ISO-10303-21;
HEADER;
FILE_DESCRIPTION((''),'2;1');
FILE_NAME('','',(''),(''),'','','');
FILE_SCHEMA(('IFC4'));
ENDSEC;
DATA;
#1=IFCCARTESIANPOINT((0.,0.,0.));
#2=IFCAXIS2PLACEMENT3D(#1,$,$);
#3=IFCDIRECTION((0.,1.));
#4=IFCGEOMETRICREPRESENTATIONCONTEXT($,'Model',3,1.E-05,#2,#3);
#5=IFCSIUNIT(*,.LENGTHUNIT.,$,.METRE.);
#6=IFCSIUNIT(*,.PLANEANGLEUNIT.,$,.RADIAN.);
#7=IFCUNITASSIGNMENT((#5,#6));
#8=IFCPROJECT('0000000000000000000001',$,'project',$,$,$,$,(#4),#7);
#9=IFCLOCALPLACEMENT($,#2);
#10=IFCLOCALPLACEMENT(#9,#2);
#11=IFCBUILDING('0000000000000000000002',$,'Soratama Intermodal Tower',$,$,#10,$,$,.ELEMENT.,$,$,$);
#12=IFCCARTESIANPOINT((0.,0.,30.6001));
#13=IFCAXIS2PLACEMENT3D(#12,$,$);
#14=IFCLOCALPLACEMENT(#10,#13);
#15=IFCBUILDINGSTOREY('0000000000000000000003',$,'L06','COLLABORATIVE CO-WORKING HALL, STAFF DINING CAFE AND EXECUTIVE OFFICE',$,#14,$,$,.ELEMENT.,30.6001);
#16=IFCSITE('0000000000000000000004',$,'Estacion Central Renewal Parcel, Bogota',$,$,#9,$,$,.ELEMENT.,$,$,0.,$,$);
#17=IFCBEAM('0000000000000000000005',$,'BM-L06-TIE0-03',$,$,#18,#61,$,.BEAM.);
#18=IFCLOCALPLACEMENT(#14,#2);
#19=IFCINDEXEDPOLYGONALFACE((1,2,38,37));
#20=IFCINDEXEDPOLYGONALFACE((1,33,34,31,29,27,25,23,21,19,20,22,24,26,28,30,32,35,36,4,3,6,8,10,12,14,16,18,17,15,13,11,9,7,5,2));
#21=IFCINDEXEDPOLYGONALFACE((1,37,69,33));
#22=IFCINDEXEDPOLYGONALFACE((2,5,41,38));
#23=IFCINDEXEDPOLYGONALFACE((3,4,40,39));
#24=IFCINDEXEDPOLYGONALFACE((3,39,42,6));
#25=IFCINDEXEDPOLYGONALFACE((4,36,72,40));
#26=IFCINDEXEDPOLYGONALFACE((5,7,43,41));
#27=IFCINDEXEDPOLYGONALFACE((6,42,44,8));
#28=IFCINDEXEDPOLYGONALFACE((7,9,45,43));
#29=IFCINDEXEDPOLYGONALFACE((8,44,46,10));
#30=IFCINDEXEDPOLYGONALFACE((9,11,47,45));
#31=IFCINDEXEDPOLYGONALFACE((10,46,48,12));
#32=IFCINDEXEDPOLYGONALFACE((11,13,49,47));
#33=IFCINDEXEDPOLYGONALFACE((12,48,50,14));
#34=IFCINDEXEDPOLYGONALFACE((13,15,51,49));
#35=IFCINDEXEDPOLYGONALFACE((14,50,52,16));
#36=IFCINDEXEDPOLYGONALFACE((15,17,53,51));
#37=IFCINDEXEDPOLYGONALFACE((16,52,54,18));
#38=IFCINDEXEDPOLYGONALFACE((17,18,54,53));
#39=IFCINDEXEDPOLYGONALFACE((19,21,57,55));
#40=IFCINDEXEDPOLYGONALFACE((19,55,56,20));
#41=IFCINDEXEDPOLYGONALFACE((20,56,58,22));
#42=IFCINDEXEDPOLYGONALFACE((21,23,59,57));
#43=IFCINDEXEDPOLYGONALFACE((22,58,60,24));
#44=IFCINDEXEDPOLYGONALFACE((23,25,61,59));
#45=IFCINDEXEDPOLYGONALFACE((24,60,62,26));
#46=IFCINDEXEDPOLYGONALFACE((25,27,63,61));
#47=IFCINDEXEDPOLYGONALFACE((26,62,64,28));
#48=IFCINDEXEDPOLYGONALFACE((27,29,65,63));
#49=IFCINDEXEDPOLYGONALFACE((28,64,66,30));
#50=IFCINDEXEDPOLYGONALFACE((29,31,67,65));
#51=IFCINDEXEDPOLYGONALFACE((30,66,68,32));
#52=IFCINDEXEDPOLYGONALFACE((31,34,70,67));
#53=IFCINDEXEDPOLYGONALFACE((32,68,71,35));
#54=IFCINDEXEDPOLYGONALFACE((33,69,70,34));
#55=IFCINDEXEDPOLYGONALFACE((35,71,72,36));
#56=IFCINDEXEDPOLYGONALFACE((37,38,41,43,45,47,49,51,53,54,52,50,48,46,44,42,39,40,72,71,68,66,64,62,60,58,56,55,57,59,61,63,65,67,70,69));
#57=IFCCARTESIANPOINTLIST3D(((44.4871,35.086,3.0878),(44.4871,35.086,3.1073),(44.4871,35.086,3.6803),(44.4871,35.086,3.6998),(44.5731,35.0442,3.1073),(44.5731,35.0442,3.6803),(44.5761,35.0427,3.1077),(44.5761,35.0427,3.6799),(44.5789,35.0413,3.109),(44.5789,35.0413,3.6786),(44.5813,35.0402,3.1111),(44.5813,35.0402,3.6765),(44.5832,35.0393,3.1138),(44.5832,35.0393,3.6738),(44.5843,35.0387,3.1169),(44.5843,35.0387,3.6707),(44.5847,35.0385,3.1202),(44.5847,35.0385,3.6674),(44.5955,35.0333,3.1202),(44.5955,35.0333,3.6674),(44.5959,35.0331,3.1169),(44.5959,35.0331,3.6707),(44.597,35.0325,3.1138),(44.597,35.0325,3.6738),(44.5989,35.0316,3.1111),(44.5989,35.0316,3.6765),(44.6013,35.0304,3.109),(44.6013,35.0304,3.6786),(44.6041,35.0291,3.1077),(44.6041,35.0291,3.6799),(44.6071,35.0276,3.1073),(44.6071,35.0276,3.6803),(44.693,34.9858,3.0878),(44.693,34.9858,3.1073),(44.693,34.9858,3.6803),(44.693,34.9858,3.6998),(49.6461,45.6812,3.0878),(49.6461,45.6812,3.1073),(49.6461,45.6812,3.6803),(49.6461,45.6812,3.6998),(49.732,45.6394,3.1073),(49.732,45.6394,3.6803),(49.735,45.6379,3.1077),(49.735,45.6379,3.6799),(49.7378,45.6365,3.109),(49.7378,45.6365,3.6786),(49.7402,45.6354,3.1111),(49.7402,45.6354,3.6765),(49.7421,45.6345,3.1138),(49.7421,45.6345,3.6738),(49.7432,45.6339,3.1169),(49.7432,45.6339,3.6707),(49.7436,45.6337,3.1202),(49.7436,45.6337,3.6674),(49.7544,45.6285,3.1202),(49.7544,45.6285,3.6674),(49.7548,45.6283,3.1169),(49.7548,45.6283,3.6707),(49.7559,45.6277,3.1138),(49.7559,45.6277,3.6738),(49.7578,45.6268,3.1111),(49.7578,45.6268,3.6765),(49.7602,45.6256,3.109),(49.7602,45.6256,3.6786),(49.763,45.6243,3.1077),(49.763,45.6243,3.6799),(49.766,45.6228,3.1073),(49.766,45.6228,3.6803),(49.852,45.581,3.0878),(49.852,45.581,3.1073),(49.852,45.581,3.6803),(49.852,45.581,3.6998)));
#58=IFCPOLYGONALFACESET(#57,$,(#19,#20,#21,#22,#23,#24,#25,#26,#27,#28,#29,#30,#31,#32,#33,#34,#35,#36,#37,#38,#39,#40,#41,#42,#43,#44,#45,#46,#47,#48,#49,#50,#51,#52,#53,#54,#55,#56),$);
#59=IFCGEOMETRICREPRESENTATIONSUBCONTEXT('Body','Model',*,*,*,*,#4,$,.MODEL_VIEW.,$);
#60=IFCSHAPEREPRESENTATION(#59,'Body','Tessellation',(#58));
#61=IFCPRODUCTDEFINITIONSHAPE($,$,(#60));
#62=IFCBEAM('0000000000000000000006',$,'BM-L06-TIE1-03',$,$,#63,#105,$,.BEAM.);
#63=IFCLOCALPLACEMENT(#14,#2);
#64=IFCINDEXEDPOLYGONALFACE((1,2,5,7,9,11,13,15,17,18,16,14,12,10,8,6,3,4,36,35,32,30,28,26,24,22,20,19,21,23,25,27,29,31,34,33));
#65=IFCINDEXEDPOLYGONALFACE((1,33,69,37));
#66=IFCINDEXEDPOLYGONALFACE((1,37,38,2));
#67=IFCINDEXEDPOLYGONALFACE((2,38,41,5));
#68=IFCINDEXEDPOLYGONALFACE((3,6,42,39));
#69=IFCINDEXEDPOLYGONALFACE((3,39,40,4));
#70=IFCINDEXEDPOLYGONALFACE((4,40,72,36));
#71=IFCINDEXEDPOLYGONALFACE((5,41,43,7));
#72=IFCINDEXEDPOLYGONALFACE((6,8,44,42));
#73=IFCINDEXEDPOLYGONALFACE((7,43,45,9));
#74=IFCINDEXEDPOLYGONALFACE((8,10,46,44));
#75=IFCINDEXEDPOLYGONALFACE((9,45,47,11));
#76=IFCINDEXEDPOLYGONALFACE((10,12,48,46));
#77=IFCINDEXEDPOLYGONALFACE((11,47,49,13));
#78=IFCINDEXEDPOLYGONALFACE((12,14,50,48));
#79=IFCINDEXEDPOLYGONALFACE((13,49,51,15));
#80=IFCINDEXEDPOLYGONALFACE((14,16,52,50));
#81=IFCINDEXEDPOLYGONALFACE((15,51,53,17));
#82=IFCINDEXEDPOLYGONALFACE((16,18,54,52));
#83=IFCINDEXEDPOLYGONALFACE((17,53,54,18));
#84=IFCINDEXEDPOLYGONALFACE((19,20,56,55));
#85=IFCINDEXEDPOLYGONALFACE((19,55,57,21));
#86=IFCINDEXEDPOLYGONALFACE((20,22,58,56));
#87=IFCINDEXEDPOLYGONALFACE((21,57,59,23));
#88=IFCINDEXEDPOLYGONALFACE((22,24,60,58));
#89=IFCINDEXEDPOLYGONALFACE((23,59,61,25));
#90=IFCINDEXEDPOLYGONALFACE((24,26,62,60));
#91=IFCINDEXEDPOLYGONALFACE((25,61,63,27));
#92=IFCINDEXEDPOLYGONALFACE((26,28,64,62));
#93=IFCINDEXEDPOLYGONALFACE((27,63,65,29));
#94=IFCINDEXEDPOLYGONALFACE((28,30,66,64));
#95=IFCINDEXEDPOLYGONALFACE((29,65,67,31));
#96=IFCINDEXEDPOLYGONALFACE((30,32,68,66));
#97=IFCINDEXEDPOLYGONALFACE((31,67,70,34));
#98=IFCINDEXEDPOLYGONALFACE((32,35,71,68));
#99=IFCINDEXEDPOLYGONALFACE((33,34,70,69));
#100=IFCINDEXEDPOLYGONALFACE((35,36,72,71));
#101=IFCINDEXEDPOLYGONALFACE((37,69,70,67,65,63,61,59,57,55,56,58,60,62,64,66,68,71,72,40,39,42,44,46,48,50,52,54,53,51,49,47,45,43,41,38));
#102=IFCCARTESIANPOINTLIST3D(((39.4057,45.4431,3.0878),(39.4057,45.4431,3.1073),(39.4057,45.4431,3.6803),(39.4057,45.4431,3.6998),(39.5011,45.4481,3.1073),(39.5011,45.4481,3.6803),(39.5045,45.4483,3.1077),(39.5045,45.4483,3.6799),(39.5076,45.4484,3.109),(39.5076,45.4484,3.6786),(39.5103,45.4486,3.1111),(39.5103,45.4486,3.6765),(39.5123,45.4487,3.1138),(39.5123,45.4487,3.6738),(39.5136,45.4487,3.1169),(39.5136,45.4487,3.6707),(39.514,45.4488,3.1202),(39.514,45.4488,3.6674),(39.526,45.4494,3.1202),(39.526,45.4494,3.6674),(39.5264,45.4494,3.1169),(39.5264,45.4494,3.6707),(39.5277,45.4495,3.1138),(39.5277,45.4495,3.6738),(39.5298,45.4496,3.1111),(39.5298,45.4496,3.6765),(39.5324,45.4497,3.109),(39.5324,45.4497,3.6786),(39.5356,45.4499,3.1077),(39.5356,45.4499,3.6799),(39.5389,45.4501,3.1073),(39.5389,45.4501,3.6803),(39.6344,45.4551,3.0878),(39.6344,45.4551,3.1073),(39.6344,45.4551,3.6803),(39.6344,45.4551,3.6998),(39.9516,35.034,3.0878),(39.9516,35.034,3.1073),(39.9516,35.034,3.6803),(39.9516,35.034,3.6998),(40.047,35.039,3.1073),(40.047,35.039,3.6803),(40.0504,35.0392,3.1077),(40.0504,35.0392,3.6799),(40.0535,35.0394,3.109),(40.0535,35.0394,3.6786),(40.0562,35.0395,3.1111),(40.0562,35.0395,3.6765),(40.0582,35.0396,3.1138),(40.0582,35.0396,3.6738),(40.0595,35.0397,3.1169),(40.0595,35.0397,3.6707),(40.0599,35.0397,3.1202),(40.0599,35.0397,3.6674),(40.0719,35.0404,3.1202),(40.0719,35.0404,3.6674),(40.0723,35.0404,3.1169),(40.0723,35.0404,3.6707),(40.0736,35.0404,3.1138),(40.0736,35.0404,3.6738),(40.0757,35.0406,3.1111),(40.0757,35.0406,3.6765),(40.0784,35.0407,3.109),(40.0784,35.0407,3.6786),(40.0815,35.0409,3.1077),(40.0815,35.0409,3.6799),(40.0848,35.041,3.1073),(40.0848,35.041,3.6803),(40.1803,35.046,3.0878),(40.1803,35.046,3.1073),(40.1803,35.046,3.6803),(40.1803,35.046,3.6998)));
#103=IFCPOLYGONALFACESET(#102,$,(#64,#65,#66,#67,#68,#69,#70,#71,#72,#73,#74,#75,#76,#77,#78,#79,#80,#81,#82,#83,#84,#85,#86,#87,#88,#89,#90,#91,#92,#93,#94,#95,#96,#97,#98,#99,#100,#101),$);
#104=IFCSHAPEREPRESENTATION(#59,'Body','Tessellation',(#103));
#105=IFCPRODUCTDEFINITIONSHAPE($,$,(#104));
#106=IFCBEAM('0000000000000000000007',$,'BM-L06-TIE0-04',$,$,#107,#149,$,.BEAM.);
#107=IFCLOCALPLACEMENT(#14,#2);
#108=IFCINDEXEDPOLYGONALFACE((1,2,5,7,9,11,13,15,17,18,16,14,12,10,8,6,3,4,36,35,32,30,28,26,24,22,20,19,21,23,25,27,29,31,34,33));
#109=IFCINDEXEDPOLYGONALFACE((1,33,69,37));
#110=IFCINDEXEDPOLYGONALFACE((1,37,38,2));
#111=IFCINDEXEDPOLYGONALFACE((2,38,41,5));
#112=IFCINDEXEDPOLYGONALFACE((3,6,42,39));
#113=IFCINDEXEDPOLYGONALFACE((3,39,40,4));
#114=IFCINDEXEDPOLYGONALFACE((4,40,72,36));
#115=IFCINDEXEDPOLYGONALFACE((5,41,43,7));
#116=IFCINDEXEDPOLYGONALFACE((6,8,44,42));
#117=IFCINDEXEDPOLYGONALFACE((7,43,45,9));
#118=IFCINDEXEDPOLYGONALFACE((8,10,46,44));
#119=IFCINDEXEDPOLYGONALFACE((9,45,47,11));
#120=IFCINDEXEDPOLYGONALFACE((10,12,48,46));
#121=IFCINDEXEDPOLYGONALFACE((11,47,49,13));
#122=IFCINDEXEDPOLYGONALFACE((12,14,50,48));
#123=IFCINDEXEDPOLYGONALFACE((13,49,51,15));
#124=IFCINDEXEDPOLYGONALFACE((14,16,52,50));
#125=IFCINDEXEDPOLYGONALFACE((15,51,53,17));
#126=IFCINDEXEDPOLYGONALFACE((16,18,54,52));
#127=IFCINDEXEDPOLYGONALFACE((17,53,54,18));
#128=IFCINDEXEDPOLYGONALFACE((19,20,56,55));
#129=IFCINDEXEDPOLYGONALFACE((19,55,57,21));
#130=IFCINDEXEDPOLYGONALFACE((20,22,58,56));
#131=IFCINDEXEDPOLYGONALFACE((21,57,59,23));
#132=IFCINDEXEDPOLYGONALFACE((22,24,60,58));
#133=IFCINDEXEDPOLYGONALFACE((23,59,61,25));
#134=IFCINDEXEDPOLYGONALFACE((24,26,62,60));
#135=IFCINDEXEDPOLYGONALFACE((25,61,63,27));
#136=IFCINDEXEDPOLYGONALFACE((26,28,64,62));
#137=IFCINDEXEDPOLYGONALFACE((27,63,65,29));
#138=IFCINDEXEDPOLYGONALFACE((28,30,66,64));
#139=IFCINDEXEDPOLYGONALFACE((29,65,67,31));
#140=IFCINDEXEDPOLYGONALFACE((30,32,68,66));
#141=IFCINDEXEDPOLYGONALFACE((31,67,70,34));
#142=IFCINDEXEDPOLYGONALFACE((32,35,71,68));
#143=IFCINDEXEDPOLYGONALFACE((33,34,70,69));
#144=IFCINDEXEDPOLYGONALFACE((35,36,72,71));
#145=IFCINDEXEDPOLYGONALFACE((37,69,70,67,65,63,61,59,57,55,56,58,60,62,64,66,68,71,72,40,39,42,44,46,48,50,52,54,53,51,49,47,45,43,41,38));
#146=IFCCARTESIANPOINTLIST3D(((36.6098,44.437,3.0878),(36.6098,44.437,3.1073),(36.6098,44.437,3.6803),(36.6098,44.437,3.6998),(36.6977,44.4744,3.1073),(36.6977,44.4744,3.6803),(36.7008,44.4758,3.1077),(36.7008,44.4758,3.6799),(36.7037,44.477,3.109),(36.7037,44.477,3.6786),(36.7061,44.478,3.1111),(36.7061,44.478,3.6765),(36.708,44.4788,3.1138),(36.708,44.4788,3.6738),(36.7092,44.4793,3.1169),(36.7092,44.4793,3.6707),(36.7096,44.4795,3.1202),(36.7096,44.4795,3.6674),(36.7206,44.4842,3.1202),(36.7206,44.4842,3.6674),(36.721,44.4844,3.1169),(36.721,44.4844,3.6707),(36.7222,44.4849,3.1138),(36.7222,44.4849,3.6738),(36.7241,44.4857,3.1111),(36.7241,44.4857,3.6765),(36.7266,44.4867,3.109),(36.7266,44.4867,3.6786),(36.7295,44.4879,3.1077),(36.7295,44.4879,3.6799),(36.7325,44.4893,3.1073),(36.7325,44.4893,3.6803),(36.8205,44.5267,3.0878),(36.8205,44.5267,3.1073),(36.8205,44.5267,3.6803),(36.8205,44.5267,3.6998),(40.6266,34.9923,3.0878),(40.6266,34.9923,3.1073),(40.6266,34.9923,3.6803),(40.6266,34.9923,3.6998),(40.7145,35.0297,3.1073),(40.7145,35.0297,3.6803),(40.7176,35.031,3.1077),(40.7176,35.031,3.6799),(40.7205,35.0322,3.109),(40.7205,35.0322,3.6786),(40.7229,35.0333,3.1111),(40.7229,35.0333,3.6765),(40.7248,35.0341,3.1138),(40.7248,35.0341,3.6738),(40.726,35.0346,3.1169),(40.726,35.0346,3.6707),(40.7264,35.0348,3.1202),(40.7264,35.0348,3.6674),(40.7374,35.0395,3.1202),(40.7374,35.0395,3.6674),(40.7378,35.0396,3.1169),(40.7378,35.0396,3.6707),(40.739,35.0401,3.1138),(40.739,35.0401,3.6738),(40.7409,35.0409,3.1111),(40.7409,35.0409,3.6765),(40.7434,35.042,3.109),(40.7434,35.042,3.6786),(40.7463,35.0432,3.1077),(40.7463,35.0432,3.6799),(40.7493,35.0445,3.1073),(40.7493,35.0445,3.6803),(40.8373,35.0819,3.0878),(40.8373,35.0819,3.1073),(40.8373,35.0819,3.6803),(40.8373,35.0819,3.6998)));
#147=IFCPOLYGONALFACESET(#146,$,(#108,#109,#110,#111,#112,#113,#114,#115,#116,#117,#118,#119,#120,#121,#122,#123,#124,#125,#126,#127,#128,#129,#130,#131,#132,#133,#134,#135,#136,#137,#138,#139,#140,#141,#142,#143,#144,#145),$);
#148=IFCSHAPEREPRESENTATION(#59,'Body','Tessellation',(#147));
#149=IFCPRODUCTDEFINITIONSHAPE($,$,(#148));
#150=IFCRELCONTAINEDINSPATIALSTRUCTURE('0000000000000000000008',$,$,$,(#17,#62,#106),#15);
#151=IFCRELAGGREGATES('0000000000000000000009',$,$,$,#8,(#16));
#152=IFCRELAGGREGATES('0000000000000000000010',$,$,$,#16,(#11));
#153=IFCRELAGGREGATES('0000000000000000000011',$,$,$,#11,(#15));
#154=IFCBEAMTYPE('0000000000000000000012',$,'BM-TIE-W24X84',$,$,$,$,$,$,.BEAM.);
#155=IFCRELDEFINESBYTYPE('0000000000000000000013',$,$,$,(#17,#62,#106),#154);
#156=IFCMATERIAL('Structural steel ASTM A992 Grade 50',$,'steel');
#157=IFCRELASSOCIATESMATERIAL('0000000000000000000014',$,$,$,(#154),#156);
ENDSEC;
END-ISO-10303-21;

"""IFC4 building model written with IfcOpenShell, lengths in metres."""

from ifc_helpers import new_model, si_unit, direction, frame, origin, origin_2d, place, context, subcontext, project, spatial, i_section, extrude, material, material_profile, profile_set, type_object, element, save


model = new_model("IFC4")

# Units and contexts
model_context = context("Model", 3, precision=1e-05, world=origin(), true_north=direction((0.0, 1.0)))
body_context = subcontext(model_context, "Body", "Model", "MODEL_VIEW")
ifc_project = project(units=[si_unit("LENGTHUNIT", "METRE"), si_unit("PLANEANGLEUNIT", "RADIAN")], contexts=[model_context])

# Site, building, storey
site_placement = place(None, origin())
site = spatial("IfcSite", under=ifc_project, at=site_placement, Name="Estacion Central Renewal Parcel, Bogota", CompositionType="ELEMENT", RefElevation=0.0)
building_placement = place(site_placement, origin())
building = spatial("IfcBuilding", under=site, at=building_placement, Name="Soratama Intermodal Tower", CompositionType="ELEMENT")
storey_placement = place(building_placement, frame((0.0, 0.0, 30.6001)))
storey = spatial("IfcBuildingStorey", under=building, at=storey_placement, Name="L06", Description="COLLABORATIVE CO-WORKING HALL, STAFF DINING CAFE AND EXECUTIVE OFFICE", CompositionType="ELEMENT", Elevation=30.6001)

# Beams
ifc_material_1 = material(Name="Structural steel ASTM A992 Grade 50", Category="steel")
ifc_material_profile_1 = material_profile(ifc_material_1, i_section(OverallWidth=0.229, OverallDepth=0.6121, WebThickness=0.012, FlangeThickness=0.0195, FilletRadius=0.0129, at=origin_2d()), Name="W24X84")
ifc_profile_set_1 = profile_set([ifc_material_profile_1], Name="Structural steel ASTM A992 Grade 50")
beam_type_1 = type_object("IfcBeamType", Name="BM-TIE-W24X84", PredefinedType="BEAM", material=ifc_profile_set_1)
beam_1_placement = place(storey_placement, frame((44.5901, 35.0359, 3.3938), z_axis=(0.437775, 0.899085, 0.0), x_axis=(-0.899085, 0.437775, 0.0)))
element("IfcBeam", 1, at=beam_1_placement, inside=storey, type_object=beam_type_1, Name="BM-L06-TIE0-03", PredefinedType="BEAM", context=body_context, shape_type="SweptSolid", body=[
    extrude(i_section(OverallWidth=0.229, OverallDepth=0.6121, WebThickness=0.012, FlangeThickness=0.0195, FilletRadius=0.0129, at=origin_2d()), origin(), (0.0, 0.0, 1.0), 11.7844),
])
beam_2_placement = place(storey_placement, frame((40.0659, 35.04, 3.3938), z_axis=(-0.052373, 0.998628, 0.0), x_axis=(-0.998628, -0.052373, 0.0)))
element("IfcBeam", 2, at=beam_2_placement, inside=storey, type_object=beam_type_1, Name="BM-L06-TIE1-03", PredefinedType="BEAM", context=body_context, shape_type="SweptSolid", body=[
    extrude(i_section(OverallWidth=0.229, OverallDepth=0.6121, WebThickness=0.012, FlangeThickness=0.0195, FilletRadius=0.0129, at=origin_2d()), origin(), (0.0, 0.0, 1.0), 10.4233),
])
beam_3_placement = place(storey_placement, frame((40.7319, 35.0371, 3.3938), z_axis=(-0.391371, 0.920233, 0.0), x_axis=(-0.920233, -0.391371, 0.0)))
element("IfcBeam", 3, at=beam_3_placement, inside=storey, type_object=beam_type_1, Name="BM-L06-TIE0-04", PredefinedType="BEAM", context=body_context, shape_type="SweptSolid", body=[
    extrude(i_section(OverallWidth=0.229, OverallDepth=0.6121, WebThickness=0.012, FlangeThickness=0.0195, FilletRadius=0.0129, at=origin_2d()), origin(), (0.0, 0.0, 1.0), 10.2634),
])

save(model, "model.ifc")
